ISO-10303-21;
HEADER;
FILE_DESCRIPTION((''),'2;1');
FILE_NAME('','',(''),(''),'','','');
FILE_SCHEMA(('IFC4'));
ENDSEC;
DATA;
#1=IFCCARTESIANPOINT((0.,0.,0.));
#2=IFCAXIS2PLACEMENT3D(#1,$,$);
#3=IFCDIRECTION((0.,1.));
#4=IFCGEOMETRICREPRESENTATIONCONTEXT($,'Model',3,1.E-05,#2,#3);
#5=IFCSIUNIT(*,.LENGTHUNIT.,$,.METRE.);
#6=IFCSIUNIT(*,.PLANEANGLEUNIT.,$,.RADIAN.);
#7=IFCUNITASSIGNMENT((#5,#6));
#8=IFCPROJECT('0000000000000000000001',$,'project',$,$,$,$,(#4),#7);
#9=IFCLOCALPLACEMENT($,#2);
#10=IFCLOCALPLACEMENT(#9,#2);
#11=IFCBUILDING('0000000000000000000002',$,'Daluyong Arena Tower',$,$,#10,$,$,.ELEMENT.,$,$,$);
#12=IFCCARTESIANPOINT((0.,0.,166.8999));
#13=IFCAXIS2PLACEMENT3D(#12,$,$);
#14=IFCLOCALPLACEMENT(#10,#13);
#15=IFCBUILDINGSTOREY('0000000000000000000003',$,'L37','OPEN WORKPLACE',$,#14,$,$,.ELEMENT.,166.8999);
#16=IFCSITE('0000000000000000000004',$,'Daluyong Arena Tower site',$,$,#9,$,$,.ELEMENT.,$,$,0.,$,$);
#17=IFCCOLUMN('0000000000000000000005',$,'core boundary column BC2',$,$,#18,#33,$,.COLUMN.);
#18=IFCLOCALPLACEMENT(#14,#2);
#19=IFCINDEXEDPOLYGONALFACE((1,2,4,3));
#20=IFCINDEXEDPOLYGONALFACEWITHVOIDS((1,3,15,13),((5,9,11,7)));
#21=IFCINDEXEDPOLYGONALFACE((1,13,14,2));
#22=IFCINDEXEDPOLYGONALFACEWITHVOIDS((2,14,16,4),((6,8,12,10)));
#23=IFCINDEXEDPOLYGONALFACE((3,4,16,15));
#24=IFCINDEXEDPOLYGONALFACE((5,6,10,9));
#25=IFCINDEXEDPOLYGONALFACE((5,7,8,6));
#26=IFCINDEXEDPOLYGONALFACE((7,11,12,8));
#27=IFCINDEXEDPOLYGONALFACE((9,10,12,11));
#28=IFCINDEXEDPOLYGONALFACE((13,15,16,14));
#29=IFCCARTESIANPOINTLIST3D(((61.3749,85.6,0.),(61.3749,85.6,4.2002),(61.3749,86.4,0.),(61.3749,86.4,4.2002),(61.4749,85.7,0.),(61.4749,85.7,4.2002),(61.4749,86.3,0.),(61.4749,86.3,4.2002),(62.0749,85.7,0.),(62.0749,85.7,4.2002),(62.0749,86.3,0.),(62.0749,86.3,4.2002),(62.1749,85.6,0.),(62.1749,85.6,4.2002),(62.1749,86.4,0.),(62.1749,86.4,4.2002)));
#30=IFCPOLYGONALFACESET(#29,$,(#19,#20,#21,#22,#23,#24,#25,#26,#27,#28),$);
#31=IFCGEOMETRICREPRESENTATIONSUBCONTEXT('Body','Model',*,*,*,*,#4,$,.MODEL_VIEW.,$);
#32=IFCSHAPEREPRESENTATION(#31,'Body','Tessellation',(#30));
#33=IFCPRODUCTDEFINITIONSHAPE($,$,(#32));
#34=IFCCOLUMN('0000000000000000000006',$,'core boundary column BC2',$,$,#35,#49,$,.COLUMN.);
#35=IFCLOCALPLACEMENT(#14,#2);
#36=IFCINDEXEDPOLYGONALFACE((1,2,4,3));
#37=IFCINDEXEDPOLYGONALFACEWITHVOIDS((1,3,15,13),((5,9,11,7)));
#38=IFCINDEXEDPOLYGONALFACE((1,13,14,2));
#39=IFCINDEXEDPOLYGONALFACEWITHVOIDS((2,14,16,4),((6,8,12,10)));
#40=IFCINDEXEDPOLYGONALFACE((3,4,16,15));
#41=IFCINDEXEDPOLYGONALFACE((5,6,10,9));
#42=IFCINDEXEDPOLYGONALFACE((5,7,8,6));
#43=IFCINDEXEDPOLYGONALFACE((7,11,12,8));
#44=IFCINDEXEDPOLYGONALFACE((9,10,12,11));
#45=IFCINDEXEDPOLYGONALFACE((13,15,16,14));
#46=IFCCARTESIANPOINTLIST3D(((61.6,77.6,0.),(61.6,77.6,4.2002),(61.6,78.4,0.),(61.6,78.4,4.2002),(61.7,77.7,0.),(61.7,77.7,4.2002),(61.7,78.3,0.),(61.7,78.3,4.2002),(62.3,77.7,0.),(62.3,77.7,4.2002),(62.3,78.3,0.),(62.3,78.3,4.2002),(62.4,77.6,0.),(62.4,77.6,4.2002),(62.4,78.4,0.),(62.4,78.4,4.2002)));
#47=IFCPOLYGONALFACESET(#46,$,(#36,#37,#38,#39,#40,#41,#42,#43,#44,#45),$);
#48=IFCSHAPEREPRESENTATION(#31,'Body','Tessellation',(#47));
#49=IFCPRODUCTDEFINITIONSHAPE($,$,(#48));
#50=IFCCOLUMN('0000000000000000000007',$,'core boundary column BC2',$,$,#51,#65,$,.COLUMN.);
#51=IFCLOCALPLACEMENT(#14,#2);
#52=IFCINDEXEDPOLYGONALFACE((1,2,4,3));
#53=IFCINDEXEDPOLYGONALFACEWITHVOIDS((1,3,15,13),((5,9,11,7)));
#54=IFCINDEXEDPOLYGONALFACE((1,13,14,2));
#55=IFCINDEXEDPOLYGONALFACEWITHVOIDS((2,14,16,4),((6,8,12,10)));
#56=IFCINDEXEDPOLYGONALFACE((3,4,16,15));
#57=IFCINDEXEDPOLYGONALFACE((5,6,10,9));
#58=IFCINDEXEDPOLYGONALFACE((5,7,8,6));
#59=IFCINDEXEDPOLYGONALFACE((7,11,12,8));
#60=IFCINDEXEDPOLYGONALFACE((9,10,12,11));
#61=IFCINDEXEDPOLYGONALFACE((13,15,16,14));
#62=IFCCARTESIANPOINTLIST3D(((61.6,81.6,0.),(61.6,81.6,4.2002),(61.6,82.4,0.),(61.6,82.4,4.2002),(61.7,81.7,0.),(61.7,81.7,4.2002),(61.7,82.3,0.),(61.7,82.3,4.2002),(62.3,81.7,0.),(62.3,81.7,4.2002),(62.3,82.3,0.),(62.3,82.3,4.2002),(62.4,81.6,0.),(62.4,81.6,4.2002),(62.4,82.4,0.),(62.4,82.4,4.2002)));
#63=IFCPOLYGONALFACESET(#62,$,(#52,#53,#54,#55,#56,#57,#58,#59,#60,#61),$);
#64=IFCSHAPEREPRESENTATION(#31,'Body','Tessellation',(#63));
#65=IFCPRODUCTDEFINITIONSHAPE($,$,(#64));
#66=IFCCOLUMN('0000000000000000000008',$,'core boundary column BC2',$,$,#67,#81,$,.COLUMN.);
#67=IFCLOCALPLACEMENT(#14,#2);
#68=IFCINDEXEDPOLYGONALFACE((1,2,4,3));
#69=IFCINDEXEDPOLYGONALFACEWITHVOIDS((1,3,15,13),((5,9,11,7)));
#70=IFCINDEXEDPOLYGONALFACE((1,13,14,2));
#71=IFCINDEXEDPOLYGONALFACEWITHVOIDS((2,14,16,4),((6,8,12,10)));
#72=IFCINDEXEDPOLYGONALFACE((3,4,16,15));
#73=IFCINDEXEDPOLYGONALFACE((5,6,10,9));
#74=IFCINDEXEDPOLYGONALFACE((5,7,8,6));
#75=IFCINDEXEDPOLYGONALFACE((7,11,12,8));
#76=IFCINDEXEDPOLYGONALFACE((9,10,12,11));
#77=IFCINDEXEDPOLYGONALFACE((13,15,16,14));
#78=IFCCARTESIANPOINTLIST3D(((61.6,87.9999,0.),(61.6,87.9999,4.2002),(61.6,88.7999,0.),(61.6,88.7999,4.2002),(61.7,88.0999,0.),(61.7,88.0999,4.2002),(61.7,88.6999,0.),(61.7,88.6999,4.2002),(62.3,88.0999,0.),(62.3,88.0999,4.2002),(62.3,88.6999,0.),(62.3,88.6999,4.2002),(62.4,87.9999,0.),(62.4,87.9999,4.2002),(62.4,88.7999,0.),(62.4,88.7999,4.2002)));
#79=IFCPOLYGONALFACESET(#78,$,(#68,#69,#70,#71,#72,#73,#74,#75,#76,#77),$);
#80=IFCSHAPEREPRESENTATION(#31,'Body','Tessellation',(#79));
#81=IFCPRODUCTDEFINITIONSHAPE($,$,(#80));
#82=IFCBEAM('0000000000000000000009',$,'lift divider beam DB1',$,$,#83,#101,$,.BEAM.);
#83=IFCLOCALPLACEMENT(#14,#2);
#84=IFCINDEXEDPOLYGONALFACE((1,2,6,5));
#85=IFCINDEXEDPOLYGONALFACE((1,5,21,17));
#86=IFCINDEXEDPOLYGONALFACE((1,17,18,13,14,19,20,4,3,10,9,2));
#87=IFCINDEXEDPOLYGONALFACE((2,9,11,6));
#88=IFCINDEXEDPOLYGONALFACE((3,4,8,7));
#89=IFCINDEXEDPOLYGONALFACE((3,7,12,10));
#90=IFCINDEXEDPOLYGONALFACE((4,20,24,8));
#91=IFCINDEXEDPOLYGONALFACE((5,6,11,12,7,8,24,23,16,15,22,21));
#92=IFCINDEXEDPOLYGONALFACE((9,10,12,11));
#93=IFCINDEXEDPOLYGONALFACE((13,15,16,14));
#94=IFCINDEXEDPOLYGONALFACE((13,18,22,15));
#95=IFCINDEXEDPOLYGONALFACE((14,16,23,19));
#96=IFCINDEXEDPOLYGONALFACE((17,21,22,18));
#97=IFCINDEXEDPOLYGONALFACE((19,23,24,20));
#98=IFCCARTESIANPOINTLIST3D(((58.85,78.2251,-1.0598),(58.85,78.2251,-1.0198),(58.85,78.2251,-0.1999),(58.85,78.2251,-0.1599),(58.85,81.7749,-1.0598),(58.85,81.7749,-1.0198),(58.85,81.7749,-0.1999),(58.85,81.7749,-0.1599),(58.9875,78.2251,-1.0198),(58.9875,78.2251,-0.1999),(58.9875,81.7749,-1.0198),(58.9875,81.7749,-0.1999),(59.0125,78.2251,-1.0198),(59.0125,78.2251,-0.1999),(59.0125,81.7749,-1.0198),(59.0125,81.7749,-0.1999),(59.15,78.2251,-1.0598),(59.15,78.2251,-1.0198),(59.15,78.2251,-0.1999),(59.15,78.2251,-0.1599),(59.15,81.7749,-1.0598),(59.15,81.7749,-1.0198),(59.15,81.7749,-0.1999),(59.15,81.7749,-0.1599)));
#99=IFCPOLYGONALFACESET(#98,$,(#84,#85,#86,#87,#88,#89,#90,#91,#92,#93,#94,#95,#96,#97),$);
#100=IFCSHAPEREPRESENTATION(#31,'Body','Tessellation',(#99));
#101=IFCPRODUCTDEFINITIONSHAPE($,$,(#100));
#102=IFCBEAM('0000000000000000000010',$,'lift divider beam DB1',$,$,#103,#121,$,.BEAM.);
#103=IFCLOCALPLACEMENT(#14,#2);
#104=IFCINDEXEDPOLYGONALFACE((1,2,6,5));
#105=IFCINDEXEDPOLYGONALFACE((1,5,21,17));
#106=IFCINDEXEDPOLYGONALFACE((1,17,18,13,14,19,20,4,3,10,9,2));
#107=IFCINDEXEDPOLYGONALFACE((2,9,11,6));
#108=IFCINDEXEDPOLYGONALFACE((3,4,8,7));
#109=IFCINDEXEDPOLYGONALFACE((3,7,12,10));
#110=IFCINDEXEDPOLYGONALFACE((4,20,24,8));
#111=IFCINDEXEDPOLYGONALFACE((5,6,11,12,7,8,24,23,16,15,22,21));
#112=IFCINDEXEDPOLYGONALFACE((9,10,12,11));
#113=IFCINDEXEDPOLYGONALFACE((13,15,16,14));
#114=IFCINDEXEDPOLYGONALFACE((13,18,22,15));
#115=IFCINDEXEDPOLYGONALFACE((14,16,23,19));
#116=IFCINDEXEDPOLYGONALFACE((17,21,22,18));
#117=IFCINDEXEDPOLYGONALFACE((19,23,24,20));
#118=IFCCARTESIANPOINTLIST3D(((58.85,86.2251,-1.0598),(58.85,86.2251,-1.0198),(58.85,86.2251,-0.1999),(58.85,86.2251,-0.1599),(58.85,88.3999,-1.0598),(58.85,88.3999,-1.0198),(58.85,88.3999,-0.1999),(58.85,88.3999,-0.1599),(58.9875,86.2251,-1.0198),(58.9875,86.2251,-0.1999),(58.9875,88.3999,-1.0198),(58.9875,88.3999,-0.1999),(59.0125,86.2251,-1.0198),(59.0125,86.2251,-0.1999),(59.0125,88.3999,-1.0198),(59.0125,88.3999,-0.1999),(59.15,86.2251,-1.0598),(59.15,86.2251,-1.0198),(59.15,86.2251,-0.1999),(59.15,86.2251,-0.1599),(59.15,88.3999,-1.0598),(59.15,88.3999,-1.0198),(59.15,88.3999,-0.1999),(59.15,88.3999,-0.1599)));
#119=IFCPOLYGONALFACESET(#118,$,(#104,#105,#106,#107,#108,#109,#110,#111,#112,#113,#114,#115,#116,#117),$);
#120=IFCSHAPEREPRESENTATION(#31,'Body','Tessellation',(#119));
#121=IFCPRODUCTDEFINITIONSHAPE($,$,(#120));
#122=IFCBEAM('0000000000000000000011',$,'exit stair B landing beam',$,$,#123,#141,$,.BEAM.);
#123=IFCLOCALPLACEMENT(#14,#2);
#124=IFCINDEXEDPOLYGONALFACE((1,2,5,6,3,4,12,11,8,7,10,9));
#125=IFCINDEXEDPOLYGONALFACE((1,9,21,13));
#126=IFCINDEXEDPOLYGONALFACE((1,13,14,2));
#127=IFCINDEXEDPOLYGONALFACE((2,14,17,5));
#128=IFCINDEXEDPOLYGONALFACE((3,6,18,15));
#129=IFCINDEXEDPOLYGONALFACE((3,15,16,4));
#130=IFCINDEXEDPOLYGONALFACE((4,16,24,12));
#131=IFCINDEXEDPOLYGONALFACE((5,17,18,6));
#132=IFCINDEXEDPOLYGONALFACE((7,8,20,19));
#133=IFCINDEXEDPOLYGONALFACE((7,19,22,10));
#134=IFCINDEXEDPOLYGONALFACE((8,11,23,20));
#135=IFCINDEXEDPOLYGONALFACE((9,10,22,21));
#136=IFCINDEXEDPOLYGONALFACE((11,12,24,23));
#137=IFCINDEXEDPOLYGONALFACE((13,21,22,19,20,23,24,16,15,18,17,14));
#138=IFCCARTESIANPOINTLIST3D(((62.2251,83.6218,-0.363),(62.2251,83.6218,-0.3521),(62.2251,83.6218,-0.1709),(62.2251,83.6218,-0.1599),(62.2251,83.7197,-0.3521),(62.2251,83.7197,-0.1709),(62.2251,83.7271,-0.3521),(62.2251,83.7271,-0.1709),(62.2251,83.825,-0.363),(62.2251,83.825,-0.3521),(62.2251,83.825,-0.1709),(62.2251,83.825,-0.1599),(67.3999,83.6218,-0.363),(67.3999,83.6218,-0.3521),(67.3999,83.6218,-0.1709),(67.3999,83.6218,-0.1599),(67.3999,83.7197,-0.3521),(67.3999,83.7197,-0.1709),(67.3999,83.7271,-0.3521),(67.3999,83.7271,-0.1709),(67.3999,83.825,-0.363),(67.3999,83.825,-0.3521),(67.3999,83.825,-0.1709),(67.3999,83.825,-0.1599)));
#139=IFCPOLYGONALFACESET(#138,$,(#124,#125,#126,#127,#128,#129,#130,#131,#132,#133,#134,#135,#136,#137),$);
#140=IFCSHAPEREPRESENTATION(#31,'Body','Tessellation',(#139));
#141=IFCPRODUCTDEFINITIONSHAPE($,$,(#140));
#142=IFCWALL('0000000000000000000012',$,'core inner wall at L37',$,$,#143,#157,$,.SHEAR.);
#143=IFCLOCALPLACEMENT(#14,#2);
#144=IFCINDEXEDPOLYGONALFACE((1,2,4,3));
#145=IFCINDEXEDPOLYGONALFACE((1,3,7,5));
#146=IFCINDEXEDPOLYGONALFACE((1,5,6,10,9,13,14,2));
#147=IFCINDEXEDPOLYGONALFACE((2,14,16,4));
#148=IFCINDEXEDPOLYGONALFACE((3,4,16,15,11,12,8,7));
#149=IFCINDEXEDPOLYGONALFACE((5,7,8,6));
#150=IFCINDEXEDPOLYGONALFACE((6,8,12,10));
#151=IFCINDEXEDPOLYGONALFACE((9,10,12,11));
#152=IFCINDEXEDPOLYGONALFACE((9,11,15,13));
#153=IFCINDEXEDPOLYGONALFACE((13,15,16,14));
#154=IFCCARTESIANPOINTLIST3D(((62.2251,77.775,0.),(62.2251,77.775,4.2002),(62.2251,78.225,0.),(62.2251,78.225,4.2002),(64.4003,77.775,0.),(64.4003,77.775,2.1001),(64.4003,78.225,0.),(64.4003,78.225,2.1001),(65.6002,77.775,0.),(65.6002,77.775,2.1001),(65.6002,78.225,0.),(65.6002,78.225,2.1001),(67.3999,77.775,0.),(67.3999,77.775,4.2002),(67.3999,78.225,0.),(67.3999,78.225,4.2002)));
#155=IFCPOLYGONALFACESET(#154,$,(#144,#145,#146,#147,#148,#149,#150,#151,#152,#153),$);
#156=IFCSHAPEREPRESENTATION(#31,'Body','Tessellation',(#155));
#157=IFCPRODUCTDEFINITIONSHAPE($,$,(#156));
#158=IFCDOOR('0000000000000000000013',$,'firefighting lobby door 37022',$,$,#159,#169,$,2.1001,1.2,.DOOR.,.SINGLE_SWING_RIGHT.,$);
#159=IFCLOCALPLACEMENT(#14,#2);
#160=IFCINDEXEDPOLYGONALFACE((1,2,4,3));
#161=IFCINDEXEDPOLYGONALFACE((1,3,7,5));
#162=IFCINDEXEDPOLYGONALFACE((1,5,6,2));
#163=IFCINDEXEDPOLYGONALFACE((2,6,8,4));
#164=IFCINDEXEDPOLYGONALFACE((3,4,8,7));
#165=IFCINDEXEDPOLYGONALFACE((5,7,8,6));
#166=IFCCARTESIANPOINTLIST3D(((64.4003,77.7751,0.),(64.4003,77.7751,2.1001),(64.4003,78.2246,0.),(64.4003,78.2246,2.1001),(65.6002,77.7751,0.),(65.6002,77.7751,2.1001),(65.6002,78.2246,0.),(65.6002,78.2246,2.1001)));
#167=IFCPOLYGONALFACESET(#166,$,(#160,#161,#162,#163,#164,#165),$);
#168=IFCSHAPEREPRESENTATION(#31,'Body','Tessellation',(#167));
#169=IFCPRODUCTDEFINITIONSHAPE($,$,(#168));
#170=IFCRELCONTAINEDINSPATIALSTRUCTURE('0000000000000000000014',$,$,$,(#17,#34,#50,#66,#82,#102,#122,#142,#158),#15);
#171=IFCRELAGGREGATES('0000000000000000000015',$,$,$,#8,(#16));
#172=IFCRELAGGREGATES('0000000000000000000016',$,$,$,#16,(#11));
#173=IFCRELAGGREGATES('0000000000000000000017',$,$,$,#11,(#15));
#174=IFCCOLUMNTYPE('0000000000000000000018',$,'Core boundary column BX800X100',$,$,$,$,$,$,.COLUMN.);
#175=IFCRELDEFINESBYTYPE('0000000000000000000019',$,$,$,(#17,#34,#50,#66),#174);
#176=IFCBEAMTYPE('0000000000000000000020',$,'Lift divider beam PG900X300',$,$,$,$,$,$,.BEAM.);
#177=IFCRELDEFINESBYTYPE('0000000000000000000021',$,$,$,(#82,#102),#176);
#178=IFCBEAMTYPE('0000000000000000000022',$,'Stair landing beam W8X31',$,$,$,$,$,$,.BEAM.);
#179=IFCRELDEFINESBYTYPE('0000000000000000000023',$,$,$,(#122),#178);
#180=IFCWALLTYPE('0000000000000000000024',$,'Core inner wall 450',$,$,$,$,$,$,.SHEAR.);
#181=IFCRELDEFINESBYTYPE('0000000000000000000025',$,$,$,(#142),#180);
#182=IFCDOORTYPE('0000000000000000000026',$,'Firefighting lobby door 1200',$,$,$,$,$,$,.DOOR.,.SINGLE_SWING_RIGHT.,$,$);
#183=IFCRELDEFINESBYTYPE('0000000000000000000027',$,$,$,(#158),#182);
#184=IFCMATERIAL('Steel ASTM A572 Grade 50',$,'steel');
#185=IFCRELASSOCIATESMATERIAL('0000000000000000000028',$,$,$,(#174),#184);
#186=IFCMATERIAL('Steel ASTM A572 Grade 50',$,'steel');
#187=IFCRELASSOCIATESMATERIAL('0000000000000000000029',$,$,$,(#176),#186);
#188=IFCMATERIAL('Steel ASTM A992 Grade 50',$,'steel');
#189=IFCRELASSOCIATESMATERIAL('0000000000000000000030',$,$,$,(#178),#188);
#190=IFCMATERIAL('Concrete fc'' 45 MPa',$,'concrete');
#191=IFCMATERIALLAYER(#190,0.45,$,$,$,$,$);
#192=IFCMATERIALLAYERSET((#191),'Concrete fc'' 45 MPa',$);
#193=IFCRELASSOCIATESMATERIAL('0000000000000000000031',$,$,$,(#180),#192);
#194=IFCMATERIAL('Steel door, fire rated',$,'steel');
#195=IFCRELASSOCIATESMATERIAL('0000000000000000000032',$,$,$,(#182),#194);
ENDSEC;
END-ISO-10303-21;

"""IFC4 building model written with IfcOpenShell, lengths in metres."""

from ifc_helpers import new_model, si_unit, direction, frame, frame_2d, origin, origin_2d, place, context, subcontext, project, spatial, rectangle, hollow_rectangle, i_section, extrude, material, layer, layer_set, material_profile, profile_set, type_object, element, fill, save


model = new_model("IFC4")

# Units and contexts
model_context = context("Model", 3, precision=1e-05, world=origin(), true_north=direction((0.0, 1.0)))
body_context = subcontext(model_context, "Body", "Model", "MODEL_VIEW")
ifc_project = project(units=[si_unit("LENGTHUNIT", "METRE"), si_unit("PLANEANGLEUNIT", "RADIAN")], contexts=[model_context])

# Site, building, storey
site_placement = place(None, origin())
site = spatial("IfcSite", under=ifc_project, at=site_placement, Name="Daluyong Arena Tower site", CompositionType="ELEMENT", RefElevation=0.0)
building_placement = place(site_placement, origin())
building = spatial("IfcBuilding", under=site, at=building_placement, Name="Daluyong Arena Tower", CompositionType="ELEMENT")
storey_placement = place(building_placement, frame((0.0, 0.0, 166.8999)))
storey = spatial("IfcBuildingStorey", under=building, at=storey_placement, Name="L37", Description="OPEN WORKPLACE", CompositionType="ELEMENT", Elevation=166.8999)

# Columns
ifc_material_1 = material(Name="Steel ASTM A572 Grade 50", Category="steel")
ifc_material_profile_1 = material_profile(ifc_material_1, hollow_rectangle(XDim=0.8, YDim=0.8, WallThickness=0.1, at=origin_2d()))
ifc_profile_set_1 = profile_set([ifc_material_profile_1], Name="Steel ASTM A572 Grade 50")
column_type = type_object("IfcColumnType", Name="Core boundary column BX800X100", PredefinedType="COLUMN", material=ifc_profile_set_1)
for number, where, z_axis, x_axis, name in (
    (1, (61.7749, 86.0, 0.0), (0.0, 0.0, 1.0), (1.0, 0.0, 0.0), "core boundary column BC2"),
    (2, (62.0, 78.0, 0.0), (0.0, 0.0, 1.0), (1.0, 0.0, 0.0), "core boundary column BC2"),
    (3, (62.0, 82.0, 0.0), (0.0, 0.0, 1.0), (1.0, 0.0, 0.0), "core boundary column BC2"),
    (4, (62.0, 88.3999, 0.0), (0.0, 0.0, 1.0), (1.0, 0.0, 0.0), "core boundary column BC2"),
):
    element("IfcColumn", number, at=place(storey_placement, frame(where, z_axis=z_axis, x_axis=x_axis)), inside=storey, type_object=column_type, Name=name, PredefinedType="COLUMN", context=body_context, shape_type="SweptSolid", body=[
        extrude(hollow_rectangle(XDim=0.8, YDim=0.8, WallThickness=0.1, at=origin_2d()), origin(), (0.0, 0.0, 1.0), 4.2002),
    ])

# Beams
ifc_material_2 = material(Name="Steel ASTM A572 Grade 50", Category="steel")
ifc_material_profile_2 = material_profile(ifc_material_2, i_section(OverallWidth=0.3, OverallDepth=0.8999, WebThickness=0.025, FlangeThickness=0.04, at=origin_2d()))
ifc_profile_set_2 = profile_set([ifc_material_profile_2], Name="Steel ASTM A572 Grade 50")
beam_type_1 = type_object("IfcBeamType", Name="Lift divider beam PG900X300", PredefinedType="BEAM", material=ifc_profile_set_2)
beam_1_placement = place(storey_placement, frame((59.0, 78.2251, -0.6099), z_axis=(0.0, 1.0, 0.0), x_axis=(-1.0, 0.0, 0.0)))
element("IfcBeam", 5, at=beam_1_placement, inside=storey, type_object=beam_type_1, Name="lift divider beam DB1", PredefinedType="BEAM", context=body_context, shape_type="SweptSolid", body=[
    extrude(i_section(OverallWidth=0.3, OverallDepth=0.8999, WebThickness=0.025, FlangeThickness=0.04, at=origin_2d()), origin(), (0.0, 0.0, 1.0), 3.5498),
])
beam_2_placement = place(storey_placement, frame((59.0, 86.2251, -0.6099), z_axis=(0.0, 1.0, 0.0), x_axis=(-1.0, 0.0, 0.0)))
element("IfcBeam", 6, at=beam_2_placement, inside=storey, type_object=beam_type_1, Name="lift divider beam DB1", PredefinedType="BEAM", context=body_context, shape_type="SweptSolid", body=[
    extrude(i_section(OverallWidth=0.3, OverallDepth=0.8999, WebThickness=0.025, FlangeThickness=0.04, at=origin_2d()), origin(), (0.0, 0.0, 1.0), 2.1748),
])
ifc_material_3 = material(Name="Steel ASTM A992 Grade 50", Category="steel")
ifc_material_profile_3 = material_profile(ifc_material_3, i_section(OverallWidth=0.2031, OverallDepth=0.2031, WebThickness=0.0073, FlangeThickness=0.011, at=origin_2d()))
ifc_profile_set_3 = profile_set([ifc_material_profile_3], Name="Steel ASTM A992 Grade 50")
beam_type_2 = type_object("IfcBeamType", Name="Stair landing beam W8X31", PredefinedType="BEAM", material=ifc_profile_set_3)
beam_3_placement = place(storey_placement, frame((62.2251, 83.7234, -0.2615), z_axis=(1.0, 0.0, 0.0), x_axis=(0.0, 1.0, 0.0)))
element("IfcBeam", 7, at=beam_3_placement, inside=storey, type_object=beam_type_2, Name="exit stair B landing beam", PredefinedType="BEAM", context=body_context, shape_type="SweptSolid", body=[
    extrude(i_section(OverallWidth=0.2031, OverallDepth=0.2031, WebThickness=0.0073, FlangeThickness=0.011, at=origin_2d()), origin(), (0.0, 0.0, 1.0), 5.1748),
])

# Wall, opening, door
ifc_material_4 = material(Name="Concrete fc' 45 MPa", Category="concrete")
ifc_layer_1 = layer(ifc_material_4, 0.45)
ifc_layer_set_1 = layer_set([ifc_layer_1], Name="Concrete fc' 45 MPa")
wall_type_1 = type_object("IfcWallType", Name="Core inner wall 450", PredefinedType="SHEAR", material=ifc_layer_set_1)
wall_1_placement = place(storey_placement, frame((62.2251, 78.0, 0.0), z_axis=(0.0, 0.0, 1.0), x_axis=(1.0, 0.0, 0.0)))
wall_1 = element("IfcWall", 8, at=wall_1_placement, inside=storey, type_object=wall_type_1, Name="core inner wall at L37", PredefinedType="SHEAR", context=body_context, shape_type="SweptSolid", body=[
    extrude(rectangle(XDim=5.1748, YDim=0.45, at=frame_2d((2.5874, 0.0))), origin(), (0.0, 0.0, 1.0), 4.2002),
])
opening_1_placement = place(wall_1_placement, frame((2.175, 0.0, 0.0)))
opening_1 = element("IfcOpeningElement", 9, at=opening_1_placement, cuts=wall_1, PredefinedType="OPENING", context=body_context, shape_type="SweptSolid", body=[
    extrude(rectangle(XDim=1.2, YDim=2.1001, at=frame_2d((0.6001, 1.05))), frame((0.0, 0.2349, 0.0), z_axis=(0.0, -1.0, 0.0), x_axis=(1.0, 0.0, 0.0)), (0.0, 0.0, 1.0), 0.47),
])
ifc_material_5 = material(Name="Steel door, fire rated", Category="steel")
door_type_1 = type_object("IfcDoorType", Name="Firefighting lobby door 1200", OperationType="SINGLE_SWING_RIGHT", PredefinedType="DOOR", material=ifc_material_5)
door_1_placement = place(opening_1_placement, origin())
door_1 = element("IfcDoor", 10, at=door_1_placement, inside=storey, type_object=door_type_1, Name="firefighting lobby door 37022", OperationType="SINGLE_SWING_RIGHT", OverallHeight=2.1001, OverallWidth=1.2, PredefinedType="DOOR", context=body_context, shape_type="SweptSolid", body=[
    extrude(rectangle(XDim=1.2, YDim=2.1001, at=frame_2d((0.6001, 1.05))), frame((0.0, 0.2246, 0.0), z_axis=(0.0, -1.0, 0.0), x_axis=(1.0, 0.0, 0.0)), (0.0, 0.0, 1.0), 0.4495),
])
fill(opening_1, door_1)

save(model, "model.ifc")
